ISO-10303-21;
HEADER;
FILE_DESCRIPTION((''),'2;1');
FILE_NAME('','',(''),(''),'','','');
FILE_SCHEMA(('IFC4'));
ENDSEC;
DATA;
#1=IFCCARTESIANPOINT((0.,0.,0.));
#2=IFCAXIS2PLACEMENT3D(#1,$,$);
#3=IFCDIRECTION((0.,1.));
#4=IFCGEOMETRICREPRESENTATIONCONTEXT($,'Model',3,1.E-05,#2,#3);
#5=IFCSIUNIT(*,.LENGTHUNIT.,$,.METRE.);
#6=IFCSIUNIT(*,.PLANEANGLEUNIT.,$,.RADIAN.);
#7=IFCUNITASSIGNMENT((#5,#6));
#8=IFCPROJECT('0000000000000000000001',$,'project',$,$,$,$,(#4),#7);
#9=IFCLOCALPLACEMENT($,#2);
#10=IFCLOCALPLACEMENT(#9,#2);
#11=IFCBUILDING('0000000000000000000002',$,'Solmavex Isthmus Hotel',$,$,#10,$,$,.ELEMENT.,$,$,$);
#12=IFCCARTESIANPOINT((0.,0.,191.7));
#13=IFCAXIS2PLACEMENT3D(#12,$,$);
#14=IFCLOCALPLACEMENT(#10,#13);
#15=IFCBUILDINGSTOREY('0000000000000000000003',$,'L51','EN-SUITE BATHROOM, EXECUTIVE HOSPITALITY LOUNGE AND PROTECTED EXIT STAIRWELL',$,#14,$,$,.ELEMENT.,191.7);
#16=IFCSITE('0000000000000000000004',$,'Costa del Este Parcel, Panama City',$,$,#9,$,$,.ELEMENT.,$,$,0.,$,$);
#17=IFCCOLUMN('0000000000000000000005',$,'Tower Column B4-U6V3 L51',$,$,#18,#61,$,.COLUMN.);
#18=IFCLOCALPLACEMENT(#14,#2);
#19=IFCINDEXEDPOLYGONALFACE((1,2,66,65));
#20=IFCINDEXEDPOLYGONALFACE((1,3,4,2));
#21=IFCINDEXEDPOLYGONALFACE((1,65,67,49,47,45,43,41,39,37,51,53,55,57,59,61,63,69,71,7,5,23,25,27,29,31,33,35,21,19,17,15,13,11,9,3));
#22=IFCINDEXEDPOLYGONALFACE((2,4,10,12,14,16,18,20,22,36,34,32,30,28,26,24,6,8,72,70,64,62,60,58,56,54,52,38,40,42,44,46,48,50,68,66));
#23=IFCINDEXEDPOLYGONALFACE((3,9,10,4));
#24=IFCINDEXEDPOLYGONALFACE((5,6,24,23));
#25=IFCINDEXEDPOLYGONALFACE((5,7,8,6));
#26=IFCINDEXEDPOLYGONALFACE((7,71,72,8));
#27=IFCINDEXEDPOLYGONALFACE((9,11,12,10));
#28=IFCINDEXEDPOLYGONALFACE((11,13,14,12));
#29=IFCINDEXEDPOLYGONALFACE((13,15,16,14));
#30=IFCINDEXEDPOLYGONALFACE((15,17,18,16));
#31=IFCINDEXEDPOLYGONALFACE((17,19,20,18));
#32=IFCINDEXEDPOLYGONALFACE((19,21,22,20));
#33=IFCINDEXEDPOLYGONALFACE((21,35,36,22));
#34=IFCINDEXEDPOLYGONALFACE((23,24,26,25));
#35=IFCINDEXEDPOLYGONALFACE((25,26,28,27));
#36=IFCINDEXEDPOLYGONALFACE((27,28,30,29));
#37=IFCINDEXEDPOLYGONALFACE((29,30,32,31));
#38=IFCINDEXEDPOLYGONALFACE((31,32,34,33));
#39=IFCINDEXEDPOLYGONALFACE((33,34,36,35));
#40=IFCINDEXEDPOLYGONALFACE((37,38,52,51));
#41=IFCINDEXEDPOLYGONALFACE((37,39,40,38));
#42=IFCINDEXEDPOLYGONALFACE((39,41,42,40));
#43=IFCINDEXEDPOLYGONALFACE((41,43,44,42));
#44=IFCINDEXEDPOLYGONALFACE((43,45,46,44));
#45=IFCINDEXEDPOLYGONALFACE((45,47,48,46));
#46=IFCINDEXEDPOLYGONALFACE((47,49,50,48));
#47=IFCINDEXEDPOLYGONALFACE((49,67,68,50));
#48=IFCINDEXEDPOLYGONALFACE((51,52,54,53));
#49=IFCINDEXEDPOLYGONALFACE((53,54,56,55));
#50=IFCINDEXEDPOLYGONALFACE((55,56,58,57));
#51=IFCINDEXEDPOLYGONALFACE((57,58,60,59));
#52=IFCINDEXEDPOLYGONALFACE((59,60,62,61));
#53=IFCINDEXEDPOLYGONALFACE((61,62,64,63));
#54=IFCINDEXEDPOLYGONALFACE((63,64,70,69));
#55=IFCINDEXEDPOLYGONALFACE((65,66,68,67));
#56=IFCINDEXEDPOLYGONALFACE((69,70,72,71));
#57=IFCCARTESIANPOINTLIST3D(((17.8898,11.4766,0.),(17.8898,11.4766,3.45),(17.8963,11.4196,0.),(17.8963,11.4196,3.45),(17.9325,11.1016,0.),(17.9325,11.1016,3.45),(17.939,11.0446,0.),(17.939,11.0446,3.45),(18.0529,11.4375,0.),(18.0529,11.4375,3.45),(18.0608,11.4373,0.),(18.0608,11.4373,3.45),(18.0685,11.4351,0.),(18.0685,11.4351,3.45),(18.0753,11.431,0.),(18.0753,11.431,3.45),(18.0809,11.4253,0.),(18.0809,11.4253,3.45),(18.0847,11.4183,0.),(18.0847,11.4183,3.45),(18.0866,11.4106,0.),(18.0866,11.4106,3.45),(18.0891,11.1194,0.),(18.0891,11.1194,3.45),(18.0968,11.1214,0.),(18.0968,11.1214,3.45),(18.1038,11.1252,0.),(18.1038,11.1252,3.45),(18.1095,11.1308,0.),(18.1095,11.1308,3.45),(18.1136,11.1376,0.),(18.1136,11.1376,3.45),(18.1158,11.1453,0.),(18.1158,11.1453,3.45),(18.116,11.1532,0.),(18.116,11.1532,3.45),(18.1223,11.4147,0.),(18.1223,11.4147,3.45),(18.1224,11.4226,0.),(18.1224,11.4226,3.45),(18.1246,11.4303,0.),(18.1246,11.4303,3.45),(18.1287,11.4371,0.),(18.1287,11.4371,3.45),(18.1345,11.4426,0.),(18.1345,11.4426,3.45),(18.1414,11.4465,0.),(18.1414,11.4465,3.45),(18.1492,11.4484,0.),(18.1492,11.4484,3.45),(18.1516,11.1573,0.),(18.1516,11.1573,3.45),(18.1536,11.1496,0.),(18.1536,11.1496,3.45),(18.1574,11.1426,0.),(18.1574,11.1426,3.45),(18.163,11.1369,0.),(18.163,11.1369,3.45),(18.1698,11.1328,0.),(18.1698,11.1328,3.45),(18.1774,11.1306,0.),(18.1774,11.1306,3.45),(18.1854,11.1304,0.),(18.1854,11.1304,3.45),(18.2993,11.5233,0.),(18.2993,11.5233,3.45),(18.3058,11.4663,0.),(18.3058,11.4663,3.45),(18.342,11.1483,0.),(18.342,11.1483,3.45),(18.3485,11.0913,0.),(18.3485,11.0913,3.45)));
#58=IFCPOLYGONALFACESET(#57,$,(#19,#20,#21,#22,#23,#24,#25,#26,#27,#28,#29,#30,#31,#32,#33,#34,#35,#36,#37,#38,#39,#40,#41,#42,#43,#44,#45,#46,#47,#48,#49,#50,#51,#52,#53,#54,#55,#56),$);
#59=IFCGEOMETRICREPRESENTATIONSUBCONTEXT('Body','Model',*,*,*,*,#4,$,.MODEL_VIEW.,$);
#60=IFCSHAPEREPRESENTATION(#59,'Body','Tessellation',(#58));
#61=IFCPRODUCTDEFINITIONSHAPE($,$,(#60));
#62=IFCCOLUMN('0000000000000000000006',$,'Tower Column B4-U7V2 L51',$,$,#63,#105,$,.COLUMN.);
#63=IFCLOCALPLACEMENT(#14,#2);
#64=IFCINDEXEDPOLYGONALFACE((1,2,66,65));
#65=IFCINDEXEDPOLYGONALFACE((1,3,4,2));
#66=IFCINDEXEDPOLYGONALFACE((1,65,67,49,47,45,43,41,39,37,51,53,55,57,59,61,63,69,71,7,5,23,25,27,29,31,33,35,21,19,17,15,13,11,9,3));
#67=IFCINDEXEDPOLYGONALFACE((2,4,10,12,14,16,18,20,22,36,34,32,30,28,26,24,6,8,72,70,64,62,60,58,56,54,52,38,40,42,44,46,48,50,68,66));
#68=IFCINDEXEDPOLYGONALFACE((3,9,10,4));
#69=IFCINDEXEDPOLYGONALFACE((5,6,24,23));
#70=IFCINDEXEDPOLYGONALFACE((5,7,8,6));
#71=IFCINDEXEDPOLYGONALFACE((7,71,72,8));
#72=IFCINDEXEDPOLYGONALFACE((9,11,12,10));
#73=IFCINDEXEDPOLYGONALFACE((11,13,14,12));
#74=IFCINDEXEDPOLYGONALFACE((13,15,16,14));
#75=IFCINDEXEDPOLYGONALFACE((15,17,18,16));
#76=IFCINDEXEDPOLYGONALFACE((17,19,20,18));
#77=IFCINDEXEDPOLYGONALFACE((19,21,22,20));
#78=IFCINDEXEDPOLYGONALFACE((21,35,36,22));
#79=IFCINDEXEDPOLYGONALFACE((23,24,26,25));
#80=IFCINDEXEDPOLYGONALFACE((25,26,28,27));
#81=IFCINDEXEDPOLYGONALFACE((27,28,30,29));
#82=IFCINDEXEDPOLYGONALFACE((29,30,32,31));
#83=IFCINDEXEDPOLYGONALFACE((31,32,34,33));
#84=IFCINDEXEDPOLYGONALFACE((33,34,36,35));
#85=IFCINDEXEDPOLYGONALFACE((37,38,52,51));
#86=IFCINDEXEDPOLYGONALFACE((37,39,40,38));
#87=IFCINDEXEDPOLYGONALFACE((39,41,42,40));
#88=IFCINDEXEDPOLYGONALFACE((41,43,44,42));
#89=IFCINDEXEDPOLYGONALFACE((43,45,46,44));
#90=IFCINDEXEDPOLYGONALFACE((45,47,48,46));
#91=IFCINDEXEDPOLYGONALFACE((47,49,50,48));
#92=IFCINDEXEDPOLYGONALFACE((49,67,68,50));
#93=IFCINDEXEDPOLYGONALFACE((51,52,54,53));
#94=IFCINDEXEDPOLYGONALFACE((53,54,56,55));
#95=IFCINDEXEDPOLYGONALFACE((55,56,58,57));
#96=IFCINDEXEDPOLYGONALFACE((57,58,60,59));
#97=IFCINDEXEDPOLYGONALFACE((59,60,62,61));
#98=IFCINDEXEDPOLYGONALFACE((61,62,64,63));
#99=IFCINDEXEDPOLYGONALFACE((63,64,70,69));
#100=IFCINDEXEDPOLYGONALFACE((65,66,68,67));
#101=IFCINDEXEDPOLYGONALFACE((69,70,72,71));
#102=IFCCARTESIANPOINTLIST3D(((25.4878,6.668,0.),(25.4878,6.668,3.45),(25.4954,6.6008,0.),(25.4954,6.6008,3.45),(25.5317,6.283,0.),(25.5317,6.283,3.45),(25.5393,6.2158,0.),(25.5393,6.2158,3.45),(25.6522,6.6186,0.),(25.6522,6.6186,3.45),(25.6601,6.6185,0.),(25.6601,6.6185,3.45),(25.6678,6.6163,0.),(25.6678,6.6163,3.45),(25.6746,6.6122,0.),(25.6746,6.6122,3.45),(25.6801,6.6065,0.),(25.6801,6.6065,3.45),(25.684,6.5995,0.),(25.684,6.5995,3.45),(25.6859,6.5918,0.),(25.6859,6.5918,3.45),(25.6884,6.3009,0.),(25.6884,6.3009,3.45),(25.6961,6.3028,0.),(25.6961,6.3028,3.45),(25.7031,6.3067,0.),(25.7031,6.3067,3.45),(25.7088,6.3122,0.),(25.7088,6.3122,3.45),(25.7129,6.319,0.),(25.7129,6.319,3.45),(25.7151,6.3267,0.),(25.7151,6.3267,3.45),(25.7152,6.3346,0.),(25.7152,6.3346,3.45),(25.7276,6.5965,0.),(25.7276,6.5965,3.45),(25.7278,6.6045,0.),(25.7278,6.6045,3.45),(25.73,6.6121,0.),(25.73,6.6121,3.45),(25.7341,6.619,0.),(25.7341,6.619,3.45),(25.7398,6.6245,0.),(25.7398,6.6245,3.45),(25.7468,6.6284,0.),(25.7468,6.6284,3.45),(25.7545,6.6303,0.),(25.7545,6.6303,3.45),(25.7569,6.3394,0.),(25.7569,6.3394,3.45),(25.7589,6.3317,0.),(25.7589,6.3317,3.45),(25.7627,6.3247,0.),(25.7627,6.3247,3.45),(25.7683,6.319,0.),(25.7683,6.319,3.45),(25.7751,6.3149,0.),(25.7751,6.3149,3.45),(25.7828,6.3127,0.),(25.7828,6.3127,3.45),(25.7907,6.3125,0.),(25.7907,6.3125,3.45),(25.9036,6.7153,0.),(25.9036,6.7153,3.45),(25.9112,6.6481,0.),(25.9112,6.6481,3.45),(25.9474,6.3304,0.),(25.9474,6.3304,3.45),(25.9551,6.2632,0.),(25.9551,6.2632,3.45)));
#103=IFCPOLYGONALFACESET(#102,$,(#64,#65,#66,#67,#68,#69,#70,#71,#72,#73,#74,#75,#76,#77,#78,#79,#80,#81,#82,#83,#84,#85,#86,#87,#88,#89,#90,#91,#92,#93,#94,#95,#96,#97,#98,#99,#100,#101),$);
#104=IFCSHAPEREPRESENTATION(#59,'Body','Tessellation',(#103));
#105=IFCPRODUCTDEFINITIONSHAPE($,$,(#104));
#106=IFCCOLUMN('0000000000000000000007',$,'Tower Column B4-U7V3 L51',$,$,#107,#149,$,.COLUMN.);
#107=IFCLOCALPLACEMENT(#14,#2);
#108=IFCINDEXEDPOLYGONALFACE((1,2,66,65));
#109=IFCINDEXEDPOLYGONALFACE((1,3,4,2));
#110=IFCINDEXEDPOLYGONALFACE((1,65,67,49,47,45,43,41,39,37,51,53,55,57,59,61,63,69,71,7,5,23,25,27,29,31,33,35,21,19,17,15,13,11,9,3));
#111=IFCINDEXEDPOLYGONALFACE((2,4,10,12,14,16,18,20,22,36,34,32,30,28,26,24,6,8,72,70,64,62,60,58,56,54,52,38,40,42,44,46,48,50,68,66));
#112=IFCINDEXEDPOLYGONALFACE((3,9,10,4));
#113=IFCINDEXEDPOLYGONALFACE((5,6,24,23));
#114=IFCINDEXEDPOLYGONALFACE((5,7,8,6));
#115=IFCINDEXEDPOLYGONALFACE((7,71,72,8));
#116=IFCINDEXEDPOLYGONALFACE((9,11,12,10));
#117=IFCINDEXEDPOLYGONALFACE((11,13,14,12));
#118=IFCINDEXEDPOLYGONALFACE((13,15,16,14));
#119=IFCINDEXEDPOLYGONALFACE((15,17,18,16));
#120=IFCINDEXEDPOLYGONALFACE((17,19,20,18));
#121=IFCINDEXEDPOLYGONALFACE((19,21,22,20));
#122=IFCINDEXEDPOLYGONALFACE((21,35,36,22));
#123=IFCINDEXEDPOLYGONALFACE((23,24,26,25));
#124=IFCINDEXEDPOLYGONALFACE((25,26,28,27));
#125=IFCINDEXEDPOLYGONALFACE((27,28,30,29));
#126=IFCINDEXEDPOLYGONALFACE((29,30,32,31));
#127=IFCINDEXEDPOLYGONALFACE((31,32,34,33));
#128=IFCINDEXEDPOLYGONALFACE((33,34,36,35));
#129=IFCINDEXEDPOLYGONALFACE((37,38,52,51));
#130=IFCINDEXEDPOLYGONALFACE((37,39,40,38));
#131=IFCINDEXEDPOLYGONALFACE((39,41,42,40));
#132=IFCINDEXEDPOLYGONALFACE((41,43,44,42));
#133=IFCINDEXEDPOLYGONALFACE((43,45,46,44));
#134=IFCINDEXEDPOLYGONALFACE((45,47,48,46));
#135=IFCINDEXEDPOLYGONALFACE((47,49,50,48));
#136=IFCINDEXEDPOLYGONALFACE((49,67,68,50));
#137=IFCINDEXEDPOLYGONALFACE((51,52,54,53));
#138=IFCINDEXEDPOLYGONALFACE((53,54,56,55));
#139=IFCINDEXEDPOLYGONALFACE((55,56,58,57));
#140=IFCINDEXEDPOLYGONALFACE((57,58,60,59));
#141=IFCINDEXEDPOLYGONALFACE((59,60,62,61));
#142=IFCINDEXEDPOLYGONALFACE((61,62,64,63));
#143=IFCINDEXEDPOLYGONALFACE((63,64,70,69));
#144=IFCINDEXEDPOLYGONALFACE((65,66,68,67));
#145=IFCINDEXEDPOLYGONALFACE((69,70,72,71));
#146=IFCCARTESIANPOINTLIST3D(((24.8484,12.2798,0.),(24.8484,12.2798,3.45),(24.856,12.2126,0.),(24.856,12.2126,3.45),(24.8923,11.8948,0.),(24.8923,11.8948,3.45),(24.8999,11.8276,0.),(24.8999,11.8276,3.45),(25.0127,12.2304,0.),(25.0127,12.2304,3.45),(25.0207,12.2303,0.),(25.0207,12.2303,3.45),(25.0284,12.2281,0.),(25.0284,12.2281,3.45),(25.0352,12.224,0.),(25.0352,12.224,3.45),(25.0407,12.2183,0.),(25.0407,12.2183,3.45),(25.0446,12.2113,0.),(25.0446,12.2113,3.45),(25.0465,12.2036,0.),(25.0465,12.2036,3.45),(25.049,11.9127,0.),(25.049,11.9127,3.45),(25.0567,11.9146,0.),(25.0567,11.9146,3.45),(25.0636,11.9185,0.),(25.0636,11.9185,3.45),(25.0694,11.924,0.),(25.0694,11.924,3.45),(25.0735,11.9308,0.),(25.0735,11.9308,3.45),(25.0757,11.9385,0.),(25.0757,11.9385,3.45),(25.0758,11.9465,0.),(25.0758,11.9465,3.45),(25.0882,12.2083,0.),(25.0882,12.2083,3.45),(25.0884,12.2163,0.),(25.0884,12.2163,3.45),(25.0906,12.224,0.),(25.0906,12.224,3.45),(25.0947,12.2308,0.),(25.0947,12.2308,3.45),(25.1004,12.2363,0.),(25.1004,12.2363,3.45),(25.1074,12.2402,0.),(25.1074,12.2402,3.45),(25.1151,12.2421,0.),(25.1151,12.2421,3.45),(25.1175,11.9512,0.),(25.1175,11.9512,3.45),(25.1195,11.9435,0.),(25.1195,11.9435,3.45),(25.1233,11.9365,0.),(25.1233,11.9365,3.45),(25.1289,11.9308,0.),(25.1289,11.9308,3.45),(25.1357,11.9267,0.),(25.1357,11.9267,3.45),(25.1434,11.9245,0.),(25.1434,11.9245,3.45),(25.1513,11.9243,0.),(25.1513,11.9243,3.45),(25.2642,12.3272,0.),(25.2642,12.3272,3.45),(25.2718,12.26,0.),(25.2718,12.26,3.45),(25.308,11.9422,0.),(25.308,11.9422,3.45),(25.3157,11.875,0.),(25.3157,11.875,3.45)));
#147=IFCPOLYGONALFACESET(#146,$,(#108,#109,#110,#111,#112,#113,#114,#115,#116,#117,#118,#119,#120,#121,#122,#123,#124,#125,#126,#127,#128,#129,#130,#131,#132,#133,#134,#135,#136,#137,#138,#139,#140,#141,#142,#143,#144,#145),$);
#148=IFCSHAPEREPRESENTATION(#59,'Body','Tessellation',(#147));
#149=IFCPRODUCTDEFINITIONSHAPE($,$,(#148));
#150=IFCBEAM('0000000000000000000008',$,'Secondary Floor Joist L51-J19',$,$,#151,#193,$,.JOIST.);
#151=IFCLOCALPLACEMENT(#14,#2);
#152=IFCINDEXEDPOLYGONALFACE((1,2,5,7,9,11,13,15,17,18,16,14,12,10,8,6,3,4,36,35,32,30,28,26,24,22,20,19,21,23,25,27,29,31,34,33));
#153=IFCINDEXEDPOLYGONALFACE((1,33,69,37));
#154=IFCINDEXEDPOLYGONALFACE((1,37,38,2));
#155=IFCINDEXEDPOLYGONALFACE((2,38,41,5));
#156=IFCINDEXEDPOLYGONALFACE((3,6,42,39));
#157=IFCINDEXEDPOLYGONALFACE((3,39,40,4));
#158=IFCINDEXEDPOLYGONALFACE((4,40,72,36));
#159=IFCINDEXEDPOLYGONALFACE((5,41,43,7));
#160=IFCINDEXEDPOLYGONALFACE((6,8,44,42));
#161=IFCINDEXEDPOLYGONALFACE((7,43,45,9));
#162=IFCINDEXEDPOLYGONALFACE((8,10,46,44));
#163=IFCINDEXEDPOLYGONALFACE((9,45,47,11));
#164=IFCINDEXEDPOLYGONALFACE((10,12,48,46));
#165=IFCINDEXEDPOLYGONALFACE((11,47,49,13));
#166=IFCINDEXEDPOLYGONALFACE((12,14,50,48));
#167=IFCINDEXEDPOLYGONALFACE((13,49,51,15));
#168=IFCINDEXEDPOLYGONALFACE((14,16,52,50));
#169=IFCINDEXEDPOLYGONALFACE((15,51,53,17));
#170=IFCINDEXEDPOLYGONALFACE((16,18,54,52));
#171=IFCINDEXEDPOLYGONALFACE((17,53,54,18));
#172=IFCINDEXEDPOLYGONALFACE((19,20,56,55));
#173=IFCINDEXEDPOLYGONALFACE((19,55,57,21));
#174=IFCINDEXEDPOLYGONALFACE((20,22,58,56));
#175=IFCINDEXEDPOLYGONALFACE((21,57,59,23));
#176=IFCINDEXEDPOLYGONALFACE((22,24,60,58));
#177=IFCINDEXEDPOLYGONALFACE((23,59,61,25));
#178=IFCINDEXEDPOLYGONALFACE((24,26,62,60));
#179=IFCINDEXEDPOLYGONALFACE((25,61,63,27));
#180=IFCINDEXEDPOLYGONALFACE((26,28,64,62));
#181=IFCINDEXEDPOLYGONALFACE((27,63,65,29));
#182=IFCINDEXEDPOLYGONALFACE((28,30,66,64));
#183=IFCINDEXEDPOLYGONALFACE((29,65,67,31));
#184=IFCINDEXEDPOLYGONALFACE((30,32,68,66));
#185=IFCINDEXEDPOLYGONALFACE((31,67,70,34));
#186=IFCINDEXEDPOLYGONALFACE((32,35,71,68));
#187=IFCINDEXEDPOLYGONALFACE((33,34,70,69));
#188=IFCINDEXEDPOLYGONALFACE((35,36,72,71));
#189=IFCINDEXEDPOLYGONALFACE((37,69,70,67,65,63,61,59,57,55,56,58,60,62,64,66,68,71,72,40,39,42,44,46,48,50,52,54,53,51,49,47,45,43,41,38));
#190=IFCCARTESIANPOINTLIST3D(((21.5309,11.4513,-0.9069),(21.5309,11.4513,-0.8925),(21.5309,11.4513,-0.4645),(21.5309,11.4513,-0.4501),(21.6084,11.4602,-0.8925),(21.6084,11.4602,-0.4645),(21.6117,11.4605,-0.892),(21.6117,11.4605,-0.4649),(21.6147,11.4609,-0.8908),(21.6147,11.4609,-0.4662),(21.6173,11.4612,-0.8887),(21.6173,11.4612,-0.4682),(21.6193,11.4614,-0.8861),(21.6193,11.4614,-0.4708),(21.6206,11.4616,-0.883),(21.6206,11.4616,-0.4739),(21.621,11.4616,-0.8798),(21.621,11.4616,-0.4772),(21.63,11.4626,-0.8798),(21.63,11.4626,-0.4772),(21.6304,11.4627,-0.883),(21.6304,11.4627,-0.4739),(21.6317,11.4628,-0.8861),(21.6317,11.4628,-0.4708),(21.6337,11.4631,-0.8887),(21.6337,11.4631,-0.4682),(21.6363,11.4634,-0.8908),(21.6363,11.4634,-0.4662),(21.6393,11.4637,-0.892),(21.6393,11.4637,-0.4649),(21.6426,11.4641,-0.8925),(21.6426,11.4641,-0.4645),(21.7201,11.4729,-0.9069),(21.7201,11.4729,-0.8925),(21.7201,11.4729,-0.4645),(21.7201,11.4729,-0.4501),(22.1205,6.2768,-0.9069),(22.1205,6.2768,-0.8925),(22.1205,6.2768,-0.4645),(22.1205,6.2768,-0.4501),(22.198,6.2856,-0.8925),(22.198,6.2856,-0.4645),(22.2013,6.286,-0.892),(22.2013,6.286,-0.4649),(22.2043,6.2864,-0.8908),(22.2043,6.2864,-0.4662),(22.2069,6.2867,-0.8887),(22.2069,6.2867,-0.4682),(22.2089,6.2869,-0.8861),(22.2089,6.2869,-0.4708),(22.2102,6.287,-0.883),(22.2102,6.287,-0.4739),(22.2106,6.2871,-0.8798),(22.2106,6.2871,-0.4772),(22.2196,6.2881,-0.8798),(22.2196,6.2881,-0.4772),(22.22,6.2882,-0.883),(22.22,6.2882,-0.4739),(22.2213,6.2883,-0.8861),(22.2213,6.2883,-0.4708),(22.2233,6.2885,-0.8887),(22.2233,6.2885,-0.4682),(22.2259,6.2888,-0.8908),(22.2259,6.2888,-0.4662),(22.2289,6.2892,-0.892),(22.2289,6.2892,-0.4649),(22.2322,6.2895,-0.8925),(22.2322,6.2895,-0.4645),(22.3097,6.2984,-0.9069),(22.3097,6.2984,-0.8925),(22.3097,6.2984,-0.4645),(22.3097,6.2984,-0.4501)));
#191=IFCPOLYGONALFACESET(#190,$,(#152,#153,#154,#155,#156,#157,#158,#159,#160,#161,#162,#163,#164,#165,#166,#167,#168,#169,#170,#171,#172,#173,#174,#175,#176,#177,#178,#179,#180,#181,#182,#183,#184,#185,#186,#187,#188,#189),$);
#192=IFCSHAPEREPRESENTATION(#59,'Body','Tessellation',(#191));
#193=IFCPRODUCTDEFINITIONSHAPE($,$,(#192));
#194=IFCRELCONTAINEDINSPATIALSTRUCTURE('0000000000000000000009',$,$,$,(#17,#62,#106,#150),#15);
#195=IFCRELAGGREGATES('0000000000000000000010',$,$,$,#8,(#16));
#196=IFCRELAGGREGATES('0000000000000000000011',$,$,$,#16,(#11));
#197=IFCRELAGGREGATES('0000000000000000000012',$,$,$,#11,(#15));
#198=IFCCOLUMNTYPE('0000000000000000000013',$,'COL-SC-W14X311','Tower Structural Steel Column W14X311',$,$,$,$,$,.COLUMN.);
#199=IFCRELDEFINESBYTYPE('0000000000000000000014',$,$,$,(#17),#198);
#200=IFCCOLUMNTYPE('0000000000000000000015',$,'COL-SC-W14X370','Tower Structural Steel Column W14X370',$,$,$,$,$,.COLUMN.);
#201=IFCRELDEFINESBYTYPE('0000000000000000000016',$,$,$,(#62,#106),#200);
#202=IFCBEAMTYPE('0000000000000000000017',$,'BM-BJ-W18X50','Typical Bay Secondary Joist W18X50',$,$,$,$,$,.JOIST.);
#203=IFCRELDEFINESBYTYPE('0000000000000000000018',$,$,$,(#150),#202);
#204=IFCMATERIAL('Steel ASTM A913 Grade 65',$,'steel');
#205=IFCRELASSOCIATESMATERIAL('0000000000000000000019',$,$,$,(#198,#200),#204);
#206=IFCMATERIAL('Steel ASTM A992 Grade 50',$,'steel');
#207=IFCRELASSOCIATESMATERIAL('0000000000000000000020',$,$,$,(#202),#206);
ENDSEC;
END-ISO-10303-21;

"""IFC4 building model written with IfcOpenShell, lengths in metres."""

from ifc_helpers import new_model, si_unit, direction, frame, origin, origin_2d, place, context, subcontext, project, spatial, i_section, extrude, material, material_profile, profile_set, type_object, element, save


model = new_model("IFC4")

# Units and contexts
model_context = context("Model", 3, precision=1e-05, world=origin(), true_north=direction((0.0, 1.0)))
body_context = subcontext(model_context, "Body", "Model", "MODEL_VIEW")
ifc_project = project(units=[si_unit("LENGTHUNIT", "METRE"), si_unit("PLANEANGLEUNIT", "RADIAN")], contexts=[model_context])

# Site, building, storey
site_placement = place(None, origin())
site = spatial("IfcSite", under=ifc_project, at=site_placement, Name="Costa del Este Parcel, Panama City", CompositionType="ELEMENT", RefElevation=0.0)
building_placement = place(site_placement, origin())
building = spatial("IfcBuilding", under=site, at=building_placement, Name="Solmavex Isthmus Hotel", CompositionType="ELEMENT")
storey_placement = place(building_placement, frame((0.0, 0.0, 191.7)))
storey = spatial("IfcBuildingStorey", under=building, at=storey_placement, Name="L51", Description="EN-SUITE BATHROOM, EXECUTIVE HOSPITALITY LOUNGE AND PROTECTED EXIT STAIRWELL", CompositionType="ELEMENT", Elevation=191.7)

# Columns
ifc_material_1 = material(Name="Steel ASTM A913 Grade 65", Category="steel")
ifc_material_profile_1 = material_profile(ifc_material_1, i_section(OverallWidth=0.4121, OverallDepth=0.4348, WebThickness=0.0359, FlangeThickness=0.0574, FilletRadius=0.0305, at=origin_2d()), Name="W14X311")
ifc_profile_set_1 = profile_set([ifc_material_profile_1], Name="Steel ASTM A913 Grade 65")
column_type_1 = type_object("IfcColumnType", Name="COL-SC-W14X311", Description="Tower Structural Steel Column W14X311", PredefinedType="COLUMN", material=ifc_profile_set_1)
column_placement = place(storey_placement, frame((18.1191, 11.2839, 0.0), z_axis=(0.0, 0.0, 1.0), x_axis=(0.993572, 0.113203, 0.0)))
element("IfcColumn", 1, at=column_placement, inside=storey, type_object=column_type_1, Name="Tower Column B4-U6V3 L51", PredefinedType="COLUMN", context=body_context, shape_type="SweptSolid", body=[
    extrude(i_section(OverallWidth=0.4121, OverallDepth=0.4348, WebThickness=0.0359, FlangeThickness=0.0574, FilletRadius=0.0305, at=origin_2d()), origin(), (0.0, 0.0, 1.0), 3.45),
])
ifc_material_profile_2 = material_profile(ifc_material_1, i_section(OverallWidth=0.4185, OverallDepth=0.4551, WebThickness=0.042, FlangeThickness=0.0676, FilletRadius=0.0305, at=origin_2d()), Name="W14X370")
ifc_profile_set_2 = profile_set([ifc_material_profile_2], Name="Steel ASTM A913 Grade 65")
column_type_2 = type_object("IfcColumnType", Name="COL-SC-W14X370", Description="Tower Structural Steel Column W14X370", PredefinedType="COLUMN", material=ifc_profile_set_2)
for number, where, z_axis, x_axis, name in (
    (2, (25.7214, 6.4656, 0.0), (0.0, 0.0, 1.0), (0.993572, 0.113203, 0.0), "Tower Column B4-U7V2 L51"),
    (3, (25.082, 12.0774, 0.0), (0.0, 0.0, 1.0), (0.993572, 0.113203, 0.0), "Tower Column B4-U7V3 L51"),
):
    element("IfcColumn", number, at=place(storey_placement, frame(where, z_axis=z_axis, x_axis=x_axis)), inside=storey, type_object=column_type_2, Name=name, PredefinedType="COLUMN", context=body_context, shape_type="SweptSolid", body=[
        extrude(i_section(OverallWidth=0.4185, OverallDepth=0.4551, WebThickness=0.042, FlangeThickness=0.0676, FilletRadius=0.0305, at=origin_2d()), origin(), (0.0, 0.0, 1.0), 3.45),
    ])

# Beam
ifc_material_2 = material(Name="Steel ASTM A992 Grade 50", Category="steel")
ifc_material_profile_3 = material_profile(ifc_material_2, i_section(OverallWidth=0.1904, OverallDepth=0.4568, WebThickness=0.009, FlangeThickness=0.0144, FilletRadius=0.0127, at=origin_2d()), Name="W18X50")
ifc_profile_set_3 = profile_set([ifc_material_profile_3], Name="Steel ASTM A992 Grade 50")
beam_type_1 = type_object("IfcBeamType", Name="BM-BJ-W18X50", Description="Typical Bay Secondary Joist W18X50", PredefinedType="JOIST", material=ifc_profile_set_3)
beam_1_placement = place(storey_placement, frame((22.2151, 6.2876, -0.6785), z_axis=(-0.113209, 0.993571, 0.0), x_axis=(-0.993571, -0.113209, 0.0)))
element("IfcBeam", 4, at=beam_1_placement, inside=storey, type_object=beam_type_1, Name="Secondary Floor Joist L51-J19", PredefinedType="JOIST", context=body_context, shape_type="SweptSolid", body=[
    extrude(i_section(OverallWidth=0.1904, OverallDepth=0.4568, WebThickness=0.009, FlangeThickness=0.0144, FilletRadius=0.0127, at=origin_2d()), origin(), (0.0, 0.0, 1.0), 5.208),
])

save(model, "model.ifc")
